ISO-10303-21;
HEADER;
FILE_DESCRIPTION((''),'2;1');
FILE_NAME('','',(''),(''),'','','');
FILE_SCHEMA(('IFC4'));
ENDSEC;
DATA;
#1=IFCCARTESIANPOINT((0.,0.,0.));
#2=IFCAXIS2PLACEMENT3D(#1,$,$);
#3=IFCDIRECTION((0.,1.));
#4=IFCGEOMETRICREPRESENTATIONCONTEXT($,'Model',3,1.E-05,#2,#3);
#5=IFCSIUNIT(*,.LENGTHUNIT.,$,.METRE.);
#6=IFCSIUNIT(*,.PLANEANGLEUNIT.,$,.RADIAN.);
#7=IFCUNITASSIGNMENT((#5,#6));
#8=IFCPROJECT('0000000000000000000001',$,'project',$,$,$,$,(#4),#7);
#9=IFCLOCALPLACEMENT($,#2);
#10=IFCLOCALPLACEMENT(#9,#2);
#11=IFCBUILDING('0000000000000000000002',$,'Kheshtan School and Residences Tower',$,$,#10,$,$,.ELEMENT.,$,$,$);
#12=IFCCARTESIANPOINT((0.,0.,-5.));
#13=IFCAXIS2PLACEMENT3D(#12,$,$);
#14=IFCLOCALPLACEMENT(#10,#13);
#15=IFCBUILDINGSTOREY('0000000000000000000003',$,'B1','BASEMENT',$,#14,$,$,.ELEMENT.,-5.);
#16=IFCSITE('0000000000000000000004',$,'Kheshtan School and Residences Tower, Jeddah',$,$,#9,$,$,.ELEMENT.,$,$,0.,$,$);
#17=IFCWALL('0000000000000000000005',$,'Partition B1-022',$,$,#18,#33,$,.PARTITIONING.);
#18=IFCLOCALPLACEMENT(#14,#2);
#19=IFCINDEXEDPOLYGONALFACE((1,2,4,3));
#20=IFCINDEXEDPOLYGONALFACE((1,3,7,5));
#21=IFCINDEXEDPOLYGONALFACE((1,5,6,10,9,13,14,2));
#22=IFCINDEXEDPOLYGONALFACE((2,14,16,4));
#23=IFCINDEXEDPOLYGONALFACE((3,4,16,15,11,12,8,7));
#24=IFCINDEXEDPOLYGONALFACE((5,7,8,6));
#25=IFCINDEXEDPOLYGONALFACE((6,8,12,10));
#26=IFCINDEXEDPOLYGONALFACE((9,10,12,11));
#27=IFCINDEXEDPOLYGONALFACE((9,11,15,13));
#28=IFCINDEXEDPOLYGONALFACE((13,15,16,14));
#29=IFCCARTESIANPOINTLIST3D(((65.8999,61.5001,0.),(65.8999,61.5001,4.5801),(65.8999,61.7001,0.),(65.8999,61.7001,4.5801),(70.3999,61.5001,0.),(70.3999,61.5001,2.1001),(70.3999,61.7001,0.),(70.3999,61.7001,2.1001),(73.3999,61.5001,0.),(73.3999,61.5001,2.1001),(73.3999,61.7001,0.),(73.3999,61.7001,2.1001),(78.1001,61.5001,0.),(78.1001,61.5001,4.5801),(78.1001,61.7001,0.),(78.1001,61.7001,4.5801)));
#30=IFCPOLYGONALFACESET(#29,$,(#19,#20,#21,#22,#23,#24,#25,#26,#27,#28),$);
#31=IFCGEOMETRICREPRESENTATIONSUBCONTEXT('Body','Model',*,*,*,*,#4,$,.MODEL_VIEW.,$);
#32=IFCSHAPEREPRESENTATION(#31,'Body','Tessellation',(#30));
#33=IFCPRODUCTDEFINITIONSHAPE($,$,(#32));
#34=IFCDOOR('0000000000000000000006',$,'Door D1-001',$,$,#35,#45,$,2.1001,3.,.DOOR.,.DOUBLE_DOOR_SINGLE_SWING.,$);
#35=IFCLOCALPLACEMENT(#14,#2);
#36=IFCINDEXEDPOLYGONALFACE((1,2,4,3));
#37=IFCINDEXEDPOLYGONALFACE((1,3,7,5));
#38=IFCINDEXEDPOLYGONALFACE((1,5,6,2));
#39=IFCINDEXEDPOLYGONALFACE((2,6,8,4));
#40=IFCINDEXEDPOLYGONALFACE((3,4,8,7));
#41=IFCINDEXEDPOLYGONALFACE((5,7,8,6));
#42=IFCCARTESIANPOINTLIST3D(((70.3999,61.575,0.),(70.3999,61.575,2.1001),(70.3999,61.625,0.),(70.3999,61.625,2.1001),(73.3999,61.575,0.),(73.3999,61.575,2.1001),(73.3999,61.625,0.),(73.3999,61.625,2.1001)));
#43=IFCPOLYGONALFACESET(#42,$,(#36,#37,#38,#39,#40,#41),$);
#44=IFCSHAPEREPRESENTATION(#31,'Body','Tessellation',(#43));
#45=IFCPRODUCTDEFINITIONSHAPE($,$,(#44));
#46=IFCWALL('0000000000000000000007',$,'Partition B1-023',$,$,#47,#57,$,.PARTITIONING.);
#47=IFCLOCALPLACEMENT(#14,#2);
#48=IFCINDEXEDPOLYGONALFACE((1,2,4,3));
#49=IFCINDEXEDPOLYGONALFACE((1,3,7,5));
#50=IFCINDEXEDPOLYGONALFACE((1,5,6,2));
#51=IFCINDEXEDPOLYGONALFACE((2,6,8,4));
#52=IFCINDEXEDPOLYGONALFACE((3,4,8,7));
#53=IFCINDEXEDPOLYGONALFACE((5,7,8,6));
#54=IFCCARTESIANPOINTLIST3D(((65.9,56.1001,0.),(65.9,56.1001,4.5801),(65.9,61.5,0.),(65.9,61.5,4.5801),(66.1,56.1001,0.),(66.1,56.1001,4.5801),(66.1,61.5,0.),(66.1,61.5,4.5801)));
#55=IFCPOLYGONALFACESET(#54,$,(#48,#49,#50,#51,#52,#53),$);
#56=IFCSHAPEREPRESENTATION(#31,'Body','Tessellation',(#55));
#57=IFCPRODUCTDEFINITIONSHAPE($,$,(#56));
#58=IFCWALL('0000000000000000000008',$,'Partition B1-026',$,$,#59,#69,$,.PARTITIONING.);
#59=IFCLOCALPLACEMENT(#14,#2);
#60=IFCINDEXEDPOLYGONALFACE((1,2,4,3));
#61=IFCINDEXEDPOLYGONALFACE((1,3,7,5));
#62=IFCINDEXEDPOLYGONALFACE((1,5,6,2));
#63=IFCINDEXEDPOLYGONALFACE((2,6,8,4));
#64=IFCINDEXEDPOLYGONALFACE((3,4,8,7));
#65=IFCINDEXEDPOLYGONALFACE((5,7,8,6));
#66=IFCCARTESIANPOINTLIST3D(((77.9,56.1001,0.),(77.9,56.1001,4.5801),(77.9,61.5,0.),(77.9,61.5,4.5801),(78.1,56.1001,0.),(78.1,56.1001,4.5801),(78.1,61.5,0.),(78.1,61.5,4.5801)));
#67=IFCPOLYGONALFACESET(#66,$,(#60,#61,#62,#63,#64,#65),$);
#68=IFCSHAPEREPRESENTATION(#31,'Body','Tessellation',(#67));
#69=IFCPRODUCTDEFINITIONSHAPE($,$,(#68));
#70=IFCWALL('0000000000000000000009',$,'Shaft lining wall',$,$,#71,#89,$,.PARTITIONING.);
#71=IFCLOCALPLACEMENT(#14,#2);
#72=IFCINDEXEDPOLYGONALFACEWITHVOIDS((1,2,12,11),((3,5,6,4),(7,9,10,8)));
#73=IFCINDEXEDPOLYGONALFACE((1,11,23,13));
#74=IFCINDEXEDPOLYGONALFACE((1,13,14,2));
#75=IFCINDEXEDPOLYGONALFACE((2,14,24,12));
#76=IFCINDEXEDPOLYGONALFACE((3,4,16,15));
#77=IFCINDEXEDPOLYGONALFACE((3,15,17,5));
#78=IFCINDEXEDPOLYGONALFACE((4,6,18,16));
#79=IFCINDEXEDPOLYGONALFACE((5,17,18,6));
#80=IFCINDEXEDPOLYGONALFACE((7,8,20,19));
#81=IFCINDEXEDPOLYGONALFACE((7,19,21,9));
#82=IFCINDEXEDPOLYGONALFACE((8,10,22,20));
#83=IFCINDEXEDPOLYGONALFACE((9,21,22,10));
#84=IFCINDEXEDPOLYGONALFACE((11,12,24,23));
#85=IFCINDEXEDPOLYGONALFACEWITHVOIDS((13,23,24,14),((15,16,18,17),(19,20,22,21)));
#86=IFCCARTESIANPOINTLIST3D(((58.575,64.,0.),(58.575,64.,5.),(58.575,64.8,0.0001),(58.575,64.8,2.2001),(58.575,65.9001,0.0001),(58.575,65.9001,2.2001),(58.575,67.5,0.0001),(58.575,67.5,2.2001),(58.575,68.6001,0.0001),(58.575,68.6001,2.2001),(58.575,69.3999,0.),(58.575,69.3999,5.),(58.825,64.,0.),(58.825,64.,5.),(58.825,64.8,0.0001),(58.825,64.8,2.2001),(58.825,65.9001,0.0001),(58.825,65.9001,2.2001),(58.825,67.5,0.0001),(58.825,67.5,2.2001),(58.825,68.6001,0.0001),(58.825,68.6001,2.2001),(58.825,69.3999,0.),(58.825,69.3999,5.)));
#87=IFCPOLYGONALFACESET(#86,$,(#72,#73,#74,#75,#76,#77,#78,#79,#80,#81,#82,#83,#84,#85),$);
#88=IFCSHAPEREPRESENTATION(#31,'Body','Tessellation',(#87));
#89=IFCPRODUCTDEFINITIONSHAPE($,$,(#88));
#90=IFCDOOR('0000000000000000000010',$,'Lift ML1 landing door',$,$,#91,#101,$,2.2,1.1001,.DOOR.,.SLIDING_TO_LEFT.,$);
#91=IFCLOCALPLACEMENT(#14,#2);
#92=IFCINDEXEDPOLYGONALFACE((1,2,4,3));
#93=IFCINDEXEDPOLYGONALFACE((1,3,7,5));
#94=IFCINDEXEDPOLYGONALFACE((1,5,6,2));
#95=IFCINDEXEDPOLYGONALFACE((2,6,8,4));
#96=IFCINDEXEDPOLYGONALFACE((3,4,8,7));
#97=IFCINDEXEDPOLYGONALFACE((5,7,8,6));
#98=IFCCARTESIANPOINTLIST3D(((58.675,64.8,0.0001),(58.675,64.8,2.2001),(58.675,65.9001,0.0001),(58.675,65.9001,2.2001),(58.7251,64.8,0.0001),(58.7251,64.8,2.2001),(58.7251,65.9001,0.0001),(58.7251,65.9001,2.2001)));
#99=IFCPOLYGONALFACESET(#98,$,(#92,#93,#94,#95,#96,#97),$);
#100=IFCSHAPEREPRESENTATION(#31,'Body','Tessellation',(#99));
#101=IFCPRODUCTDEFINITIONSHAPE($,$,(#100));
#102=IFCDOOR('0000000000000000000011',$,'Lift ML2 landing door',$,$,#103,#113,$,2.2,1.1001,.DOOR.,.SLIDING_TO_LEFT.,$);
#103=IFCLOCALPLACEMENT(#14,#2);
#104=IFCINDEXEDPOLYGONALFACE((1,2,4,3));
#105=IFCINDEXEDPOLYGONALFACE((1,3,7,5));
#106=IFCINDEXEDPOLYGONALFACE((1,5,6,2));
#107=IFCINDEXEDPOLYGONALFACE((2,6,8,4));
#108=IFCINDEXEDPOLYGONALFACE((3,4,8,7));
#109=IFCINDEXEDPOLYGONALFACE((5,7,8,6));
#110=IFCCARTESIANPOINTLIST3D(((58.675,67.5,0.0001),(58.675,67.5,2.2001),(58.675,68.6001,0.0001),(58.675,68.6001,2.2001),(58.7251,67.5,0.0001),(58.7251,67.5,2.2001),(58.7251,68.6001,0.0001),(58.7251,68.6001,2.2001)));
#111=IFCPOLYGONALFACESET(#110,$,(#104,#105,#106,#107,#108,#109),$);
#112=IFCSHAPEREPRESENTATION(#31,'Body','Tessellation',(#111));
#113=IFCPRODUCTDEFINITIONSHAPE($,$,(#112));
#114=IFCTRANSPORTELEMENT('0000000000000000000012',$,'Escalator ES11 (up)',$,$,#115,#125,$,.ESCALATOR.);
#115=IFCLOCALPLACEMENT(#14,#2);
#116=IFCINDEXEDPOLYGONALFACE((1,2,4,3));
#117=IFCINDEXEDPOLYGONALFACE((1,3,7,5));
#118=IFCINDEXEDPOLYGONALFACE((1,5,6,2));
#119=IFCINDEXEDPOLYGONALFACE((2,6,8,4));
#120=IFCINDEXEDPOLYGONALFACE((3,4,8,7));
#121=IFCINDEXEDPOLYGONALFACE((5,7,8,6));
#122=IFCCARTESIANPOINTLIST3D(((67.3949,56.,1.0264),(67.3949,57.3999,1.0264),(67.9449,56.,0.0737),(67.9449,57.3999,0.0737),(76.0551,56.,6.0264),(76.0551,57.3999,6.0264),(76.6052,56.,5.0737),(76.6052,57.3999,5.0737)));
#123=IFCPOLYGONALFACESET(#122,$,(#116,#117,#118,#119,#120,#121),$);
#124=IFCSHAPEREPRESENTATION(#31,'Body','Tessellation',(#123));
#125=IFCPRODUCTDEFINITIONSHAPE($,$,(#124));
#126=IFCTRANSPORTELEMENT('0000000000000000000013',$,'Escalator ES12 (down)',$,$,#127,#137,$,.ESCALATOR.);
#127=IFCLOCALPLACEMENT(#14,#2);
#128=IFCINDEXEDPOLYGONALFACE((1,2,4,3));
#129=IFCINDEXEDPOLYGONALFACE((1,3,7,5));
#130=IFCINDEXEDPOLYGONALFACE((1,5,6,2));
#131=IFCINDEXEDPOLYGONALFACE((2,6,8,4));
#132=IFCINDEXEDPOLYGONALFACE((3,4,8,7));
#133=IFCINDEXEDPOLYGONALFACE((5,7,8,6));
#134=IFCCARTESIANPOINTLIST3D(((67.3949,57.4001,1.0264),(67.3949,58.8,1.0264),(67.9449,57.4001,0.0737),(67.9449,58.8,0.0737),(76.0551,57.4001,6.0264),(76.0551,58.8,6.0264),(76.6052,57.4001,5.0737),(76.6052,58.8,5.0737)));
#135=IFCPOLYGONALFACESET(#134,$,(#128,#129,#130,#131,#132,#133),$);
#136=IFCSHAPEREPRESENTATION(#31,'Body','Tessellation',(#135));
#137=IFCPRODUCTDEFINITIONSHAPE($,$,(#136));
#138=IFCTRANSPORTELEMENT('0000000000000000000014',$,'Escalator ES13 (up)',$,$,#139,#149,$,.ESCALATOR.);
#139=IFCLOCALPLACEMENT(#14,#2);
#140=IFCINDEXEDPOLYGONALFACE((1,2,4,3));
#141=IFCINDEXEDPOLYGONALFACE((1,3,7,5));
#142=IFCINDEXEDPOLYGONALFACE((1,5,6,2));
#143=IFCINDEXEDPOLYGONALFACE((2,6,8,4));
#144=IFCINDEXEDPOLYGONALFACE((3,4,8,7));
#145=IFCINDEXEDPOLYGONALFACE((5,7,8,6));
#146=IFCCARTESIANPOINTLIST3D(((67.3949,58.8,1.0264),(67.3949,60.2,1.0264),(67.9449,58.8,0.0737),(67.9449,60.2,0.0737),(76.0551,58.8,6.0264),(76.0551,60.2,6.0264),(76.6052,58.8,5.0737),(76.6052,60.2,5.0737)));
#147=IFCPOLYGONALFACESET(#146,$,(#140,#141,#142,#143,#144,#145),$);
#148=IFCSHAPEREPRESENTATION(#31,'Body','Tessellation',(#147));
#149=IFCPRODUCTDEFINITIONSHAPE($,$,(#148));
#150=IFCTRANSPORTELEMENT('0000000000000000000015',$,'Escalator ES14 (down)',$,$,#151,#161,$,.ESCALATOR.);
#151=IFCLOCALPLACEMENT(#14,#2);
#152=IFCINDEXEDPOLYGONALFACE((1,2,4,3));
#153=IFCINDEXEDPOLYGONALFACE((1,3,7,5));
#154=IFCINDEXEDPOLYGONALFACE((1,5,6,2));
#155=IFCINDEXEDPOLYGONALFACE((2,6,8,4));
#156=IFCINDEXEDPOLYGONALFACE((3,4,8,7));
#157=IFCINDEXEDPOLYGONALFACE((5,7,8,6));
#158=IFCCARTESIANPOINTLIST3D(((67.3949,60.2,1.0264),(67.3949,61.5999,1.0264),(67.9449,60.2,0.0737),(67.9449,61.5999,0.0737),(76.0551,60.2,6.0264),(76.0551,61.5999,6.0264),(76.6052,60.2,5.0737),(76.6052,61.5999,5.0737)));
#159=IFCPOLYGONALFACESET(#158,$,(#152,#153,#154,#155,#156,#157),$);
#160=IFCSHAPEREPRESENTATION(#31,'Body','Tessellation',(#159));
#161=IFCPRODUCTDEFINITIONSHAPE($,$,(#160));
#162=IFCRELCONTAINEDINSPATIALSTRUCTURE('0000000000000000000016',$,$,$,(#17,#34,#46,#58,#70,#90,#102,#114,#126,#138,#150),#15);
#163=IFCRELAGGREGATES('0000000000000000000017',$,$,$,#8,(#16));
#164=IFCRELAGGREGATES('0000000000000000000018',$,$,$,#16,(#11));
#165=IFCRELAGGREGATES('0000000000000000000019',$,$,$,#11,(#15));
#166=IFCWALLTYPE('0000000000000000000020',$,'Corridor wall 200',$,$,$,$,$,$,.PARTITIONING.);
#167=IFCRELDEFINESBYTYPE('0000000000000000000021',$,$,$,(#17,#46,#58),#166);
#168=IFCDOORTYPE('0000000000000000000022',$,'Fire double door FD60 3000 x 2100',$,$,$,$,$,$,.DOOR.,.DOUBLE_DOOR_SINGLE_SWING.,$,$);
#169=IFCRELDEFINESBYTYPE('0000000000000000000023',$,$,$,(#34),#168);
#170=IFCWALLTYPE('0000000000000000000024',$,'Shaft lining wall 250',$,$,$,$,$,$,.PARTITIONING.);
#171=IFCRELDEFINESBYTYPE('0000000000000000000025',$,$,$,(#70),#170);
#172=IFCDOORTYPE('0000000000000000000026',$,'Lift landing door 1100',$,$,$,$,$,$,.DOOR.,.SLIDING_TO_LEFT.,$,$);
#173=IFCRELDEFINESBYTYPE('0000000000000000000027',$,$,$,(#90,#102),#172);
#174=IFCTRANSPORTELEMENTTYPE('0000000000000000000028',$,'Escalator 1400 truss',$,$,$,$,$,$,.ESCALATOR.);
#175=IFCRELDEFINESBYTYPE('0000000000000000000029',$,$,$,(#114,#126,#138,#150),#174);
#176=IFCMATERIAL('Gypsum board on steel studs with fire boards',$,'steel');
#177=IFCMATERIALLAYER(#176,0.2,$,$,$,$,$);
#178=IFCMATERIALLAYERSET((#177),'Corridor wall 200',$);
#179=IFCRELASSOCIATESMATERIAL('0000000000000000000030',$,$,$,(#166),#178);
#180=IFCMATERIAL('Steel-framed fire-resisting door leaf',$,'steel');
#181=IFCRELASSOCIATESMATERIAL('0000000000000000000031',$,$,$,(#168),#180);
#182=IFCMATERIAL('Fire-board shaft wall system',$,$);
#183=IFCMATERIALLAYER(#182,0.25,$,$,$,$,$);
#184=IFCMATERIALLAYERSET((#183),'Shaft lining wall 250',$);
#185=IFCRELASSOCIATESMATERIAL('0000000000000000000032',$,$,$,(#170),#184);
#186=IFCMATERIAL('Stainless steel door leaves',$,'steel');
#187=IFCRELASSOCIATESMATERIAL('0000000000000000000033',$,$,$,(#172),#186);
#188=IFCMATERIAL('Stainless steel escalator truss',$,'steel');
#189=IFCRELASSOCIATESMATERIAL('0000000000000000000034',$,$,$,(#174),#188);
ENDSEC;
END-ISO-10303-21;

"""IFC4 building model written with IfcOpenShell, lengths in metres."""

from ifc_helpers import new_model, si_unit, direction, frame, frame_2d, origin, origin_2d, place, context, subcontext, project, spatial, rectangle, extrude, source, transform, mapped, material, layer, layer_set, material_profile, profile_set, type_object, element, fill, save


model = new_model("IFC4")

# Units and contexts
model_context = context("Model", 3, precision=1e-05, world=origin(), true_north=direction((0.0, 1.0)))
body_context = subcontext(model_context, "Body", "Model", "MODEL_VIEW")
ifc_project = project(units=[si_unit("LENGTHUNIT", "METRE"), si_unit("PLANEANGLEUNIT", "RADIAN")], contexts=[model_context])

# Site, building, storey
site_placement = place(None, origin())
site = spatial("IfcSite", under=ifc_project, at=site_placement, Name="Kheshtan School and Residences Tower, Jeddah", CompositionType="ELEMENT", RefElevation=0.0)
building_placement = place(site_placement, origin())
building = spatial("IfcBuilding", under=site, at=building_placement, Name="Kheshtan School and Residences Tower", CompositionType="ELEMENT")
storey_placement = place(building_placement, frame((0.0, 0.0, -5.0)))
storey = spatial("IfcBuildingStorey", under=building, at=storey_placement, Name="B1", Description="BASEMENT", CompositionType="ELEMENT", Elevation=-5.0)

# Wall, opening, door
ifc_material_1 = material(Name="Gypsum board on steel studs with fire boards", Category="steel")
ifc_layer_1 = layer(ifc_material_1, 0.2)
ifc_layer_set_1 = layer_set([ifc_layer_1], Name="Corridor wall 200")
wall_type_1 = type_object("IfcWallType", Name="Corridor wall 200", PredefinedType="PARTITIONING", material=ifc_layer_set_1)
wall_1_placement = place(storey_placement, frame((65.8999, 61.6001, 0.0), z_axis=(0.0, 0.0, 1.0), x_axis=(1.0, 0.0, 0.0)))
wall_1 = element("IfcWall", 1, at=wall_1_placement, inside=storey, type_object=wall_type_1, Name="Partition B1-022", PredefinedType="PARTITIONING", context=body_context, shape_type="SweptSolid", body=[
    extrude(rectangle(XDim=12.2002, YDim=0.2, at=frame_2d((6.1001, 0.0))), origin(), (0.0, 0.0, 1.0), 4.5801),
])
opening_1_placement = place(wall_1_placement, frame((4.5, 0.0, 0.0)))
opening_1 = element("IfcOpeningElement", 2, at=opening_1_placement, cuts=wall_1, PredefinedType="OPENING", context=body_context, shape_type="SweptSolid", body=[
    extrude(rectangle(XDim=3.0, YDim=2.1001, at=frame_2d((1.5, 1.05))), frame((0.0, 0.1099, 0.0), z_axis=(0.0, -1.0, 0.0), x_axis=(1.0, 0.0, 0.0)), (0.0, 0.0, 1.0), 0.22),
])
ifc_material_2 = material(Name="Steel-framed fire-resisting door leaf", Category="steel")
door_type_1 = type_object("IfcDoorType", Name="Fire double door FD60 3000 x 2100", OperationType="DOUBLE_DOOR_SINGLE_SWING", PredefinedType="DOOR", material=ifc_material_2)
shared_shape_1 = source(origin(), body_context, "Body", "SweptSolid", [
    extrude(rectangle(XDim=3.0, YDim=2.1001, at=frame_2d((1.5, 1.05))), frame((0.0, 0.0249, 0.0), z_axis=(0.0, -1.0, 0.0), x_axis=(1.0, 0.0, 0.0)), (0.0, 0.0, 1.0), 0.05),
])
door_1_placement = place(opening_1_placement, origin())
door_1 = element("IfcDoor", 3, at=door_1_placement, inside=storey, type_object=door_type_1, Name="Door D1-001", OperationType="DOUBLE_DOOR_SINGLE_SWING", OverallHeight=2.1001, OverallWidth=3.0, PredefinedType="DOOR", context=body_context, shape_type="MappedRepresentation", body=[
    mapped(shared_shape_1, transform((0.0, 0.0, 0.0), x_axis=(1.0, 0.0, 0.0), y_axis=(0.0, 1.0, 0.0), z_axis=(0.0, 0.0, 1.0), scale=1.0)),
])
fill(opening_1, door_1)

# Walls
for number, where, z_axis, x_axis, name in (
    (4, (66.0, 56.1001, 0.0), (0.0, 0.0, 1.0), (0.0, 1.0, 0.0), "Partition B1-023"),
    (5, (78.0, 56.1001, 0.0), (0.0, 0.0, 1.0), (0.0, 1.0, 0.0), "Partition B1-026"),
):
    element("IfcWall", number, at=place(storey_placement, frame(where, z_axis=z_axis, x_axis=x_axis)), inside=storey, type_object=wall_type_1, Name=name, PredefinedType="PARTITIONING", context=body_context, shape_type="SweptSolid", body=[
        extrude(rectangle(XDim=5.3999, YDim=0.2, at=frame_2d((2.7, 0.0))), origin(), (0.0, 0.0, 1.0), 4.5801),
    ])

# Wall, openings, doors
ifc_material_3 = material(Name="Fire-board shaft wall system")
ifc_layer_2 = layer(ifc_material_3, 0.25)
ifc_layer_set_2 = layer_set([ifc_layer_2], Name="Shaft lining wall 250")
wall_type_2 = type_object("IfcWallType", Name="Shaft lining wall 250", PredefinedType="PARTITIONING", material=ifc_layer_set_2)
wall_2_placement = place(storey_placement, frame((58.7, 64.0, 0.0), z_axis=(0.0, 0.0, 1.0), x_axis=(0.0, 1.0, 0.0)))
wall_2 = element("IfcWall", 6, at=wall_2_placement, inside=storey, type_object=wall_type_2, Name="Shaft lining wall", PredefinedType="PARTITIONING", context=body_context, shape_type="SweptSolid", body=[
    extrude(rectangle(XDim=5.3999, YDim=0.25, at=frame_2d((2.7, 0.0))), origin(), (0.0, 0.0, 1.0), 5.0),
])
opening_2_placement = place(wall_2_placement, frame((0.8, 0.0, 0.0)))
opening_2 = element("IfcOpeningElement", 7, at=opening_2_placement, cuts=wall_2, PredefinedType="OPENING", context=body_context, shape_type="SweptSolid", body=[
    extrude(rectangle(XDim=1.1001, YDim=2.2, at=frame_2d((0.55, 1.1001))), frame((0.0, 0.135, 0.0), z_axis=(0.0, -1.0, 0.0), x_axis=(1.0, 0.0, 0.0)), (0.0, 0.0, 1.0), 0.27),
])
opening_3_placement = place(wall_2_placement, frame((3.5, 0.0, 0.0)))
opening_3 = element("IfcOpeningElement", 8, at=opening_3_placement, cuts=wall_2, PredefinedType="OPENING", context=body_context, shape_type="SweptSolid", body=[
    extrude(rectangle(XDim=1.1001, YDim=2.2, at=frame_2d((0.55, 1.1001))), frame((0.0, 0.135, 0.0), z_axis=(0.0, -1.0, 0.0), x_axis=(1.0, 0.0, 0.0)), (0.0, 0.0, 1.0), 0.27),
])
ifc_material_4 = material(Name="Stainless steel door leaves", Category="steel")
door_type_2 = type_object("IfcDoorType", Name="Lift landing door 1100", OperationType="SLIDING_TO_LEFT", PredefinedType="DOOR", material=ifc_material_4)
shared_shape_2 = source(origin(), body_context, "Body", "SweptSolid", [
    extrude(rectangle(XDim=1.1001, YDim=2.2, at=frame_2d((0.55, 1.1001))), frame((0.0, 0.0249, 0.0), z_axis=(0.0, -1.0, 0.0), x_axis=(1.0, 0.0, 0.0)), (0.0, 0.0, 1.0), 0.05),
])
door_2_placement = place(opening_2_placement, origin())
door_2 = element("IfcDoor", 9, at=door_2_placement, inside=storey, type_object=door_type_2, Name="Lift ML1 landing door", OperationType="SLIDING_TO_LEFT", OverallHeight=2.2, OverallWidth=1.1001, PredefinedType="DOOR", context=body_context, shape_type="MappedRepresentation", body=[
    mapped(shared_shape_2, transform((0.0, 0.0, 0.0), x_axis=(1.0, 0.0, 0.0), y_axis=(0.0, 1.0, 0.0), z_axis=(0.0, 0.0, 1.0), scale=1.0)),
])
fill(opening_2, door_2)
door_3_placement = place(opening_3_placement, origin())
door_3 = element("IfcDoor", 10, at=door_3_placement, inside=storey, type_object=door_type_2, Name="Lift ML2 landing door", OperationType="SLIDING_TO_LEFT", OverallHeight=2.2, OverallWidth=1.1001, PredefinedType="DOOR", context=body_context, shape_type="MappedRepresentation", body=[
    mapped(shared_shape_2, transform((0.0, 0.0, 0.0), x_axis=(1.0, 0.0, 0.0), y_axis=(0.0, 1.0, 0.0), z_axis=(0.0, 0.0, 1.0), scale=1.0)),
])
fill(opening_3, door_3)

# Transport elements
ifc_material_5 = material(Name="Stainless steel escalator truss", Category="steel")
ifc_material_profile_1 = material_profile(ifc_material_5, rectangle(XDim=1.3999, YDim=1.1001, at=origin_2d()), Name="Escalator 1400 truss")
ifc_profile_set_1 = profile_set([ifc_material_profile_1], Name="Stainless steel escalator truss")
transport_element_type = type_object("IfcTransportElementType", Name="Escalator 1400 truss", PredefinedType="ESCALATOR", material=ifc_profile_set_1)
for number, where, z_axis, x_axis, name in (
    (11, (67.6699, 56.7, 0.55), (0.866023, 0.0, 0.500004), (0.0, 1.0, 0.0), "Escalator ES11 (up)"),
    (12, (67.6699, 58.1001, 0.55), (0.866023, 0.0, 0.500004), (0.0, 1.0, 0.0), "Escalator ES12 (down)"),
    (13, (67.6699, 59.5, 0.55), (0.866023, 0.0, 0.500004), (0.0, 1.0, 0.0), "Escalator ES13 (up)"),
    (14, (67.6699, 60.8999, 0.55), (0.866023, 0.0, 0.500004), (0.0, 1.0, 0.0), "Escalator ES14 (down)"),
):
    element("IfcTransportElement", number, at=place(storey_placement, frame(where, z_axis=z_axis, x_axis=x_axis)), inside=storey, type_object=transport_element_type, Name=name, PredefinedType="ESCALATOR", context=body_context, shape_type="SweptSolid", body=[
        extrude(rectangle(XDim=1.3999, YDim=1.1001, at=origin_2d()), origin(), (0.0, 0.0, 1.0), 10.0),
    ])

save(model, "model.ifc")
